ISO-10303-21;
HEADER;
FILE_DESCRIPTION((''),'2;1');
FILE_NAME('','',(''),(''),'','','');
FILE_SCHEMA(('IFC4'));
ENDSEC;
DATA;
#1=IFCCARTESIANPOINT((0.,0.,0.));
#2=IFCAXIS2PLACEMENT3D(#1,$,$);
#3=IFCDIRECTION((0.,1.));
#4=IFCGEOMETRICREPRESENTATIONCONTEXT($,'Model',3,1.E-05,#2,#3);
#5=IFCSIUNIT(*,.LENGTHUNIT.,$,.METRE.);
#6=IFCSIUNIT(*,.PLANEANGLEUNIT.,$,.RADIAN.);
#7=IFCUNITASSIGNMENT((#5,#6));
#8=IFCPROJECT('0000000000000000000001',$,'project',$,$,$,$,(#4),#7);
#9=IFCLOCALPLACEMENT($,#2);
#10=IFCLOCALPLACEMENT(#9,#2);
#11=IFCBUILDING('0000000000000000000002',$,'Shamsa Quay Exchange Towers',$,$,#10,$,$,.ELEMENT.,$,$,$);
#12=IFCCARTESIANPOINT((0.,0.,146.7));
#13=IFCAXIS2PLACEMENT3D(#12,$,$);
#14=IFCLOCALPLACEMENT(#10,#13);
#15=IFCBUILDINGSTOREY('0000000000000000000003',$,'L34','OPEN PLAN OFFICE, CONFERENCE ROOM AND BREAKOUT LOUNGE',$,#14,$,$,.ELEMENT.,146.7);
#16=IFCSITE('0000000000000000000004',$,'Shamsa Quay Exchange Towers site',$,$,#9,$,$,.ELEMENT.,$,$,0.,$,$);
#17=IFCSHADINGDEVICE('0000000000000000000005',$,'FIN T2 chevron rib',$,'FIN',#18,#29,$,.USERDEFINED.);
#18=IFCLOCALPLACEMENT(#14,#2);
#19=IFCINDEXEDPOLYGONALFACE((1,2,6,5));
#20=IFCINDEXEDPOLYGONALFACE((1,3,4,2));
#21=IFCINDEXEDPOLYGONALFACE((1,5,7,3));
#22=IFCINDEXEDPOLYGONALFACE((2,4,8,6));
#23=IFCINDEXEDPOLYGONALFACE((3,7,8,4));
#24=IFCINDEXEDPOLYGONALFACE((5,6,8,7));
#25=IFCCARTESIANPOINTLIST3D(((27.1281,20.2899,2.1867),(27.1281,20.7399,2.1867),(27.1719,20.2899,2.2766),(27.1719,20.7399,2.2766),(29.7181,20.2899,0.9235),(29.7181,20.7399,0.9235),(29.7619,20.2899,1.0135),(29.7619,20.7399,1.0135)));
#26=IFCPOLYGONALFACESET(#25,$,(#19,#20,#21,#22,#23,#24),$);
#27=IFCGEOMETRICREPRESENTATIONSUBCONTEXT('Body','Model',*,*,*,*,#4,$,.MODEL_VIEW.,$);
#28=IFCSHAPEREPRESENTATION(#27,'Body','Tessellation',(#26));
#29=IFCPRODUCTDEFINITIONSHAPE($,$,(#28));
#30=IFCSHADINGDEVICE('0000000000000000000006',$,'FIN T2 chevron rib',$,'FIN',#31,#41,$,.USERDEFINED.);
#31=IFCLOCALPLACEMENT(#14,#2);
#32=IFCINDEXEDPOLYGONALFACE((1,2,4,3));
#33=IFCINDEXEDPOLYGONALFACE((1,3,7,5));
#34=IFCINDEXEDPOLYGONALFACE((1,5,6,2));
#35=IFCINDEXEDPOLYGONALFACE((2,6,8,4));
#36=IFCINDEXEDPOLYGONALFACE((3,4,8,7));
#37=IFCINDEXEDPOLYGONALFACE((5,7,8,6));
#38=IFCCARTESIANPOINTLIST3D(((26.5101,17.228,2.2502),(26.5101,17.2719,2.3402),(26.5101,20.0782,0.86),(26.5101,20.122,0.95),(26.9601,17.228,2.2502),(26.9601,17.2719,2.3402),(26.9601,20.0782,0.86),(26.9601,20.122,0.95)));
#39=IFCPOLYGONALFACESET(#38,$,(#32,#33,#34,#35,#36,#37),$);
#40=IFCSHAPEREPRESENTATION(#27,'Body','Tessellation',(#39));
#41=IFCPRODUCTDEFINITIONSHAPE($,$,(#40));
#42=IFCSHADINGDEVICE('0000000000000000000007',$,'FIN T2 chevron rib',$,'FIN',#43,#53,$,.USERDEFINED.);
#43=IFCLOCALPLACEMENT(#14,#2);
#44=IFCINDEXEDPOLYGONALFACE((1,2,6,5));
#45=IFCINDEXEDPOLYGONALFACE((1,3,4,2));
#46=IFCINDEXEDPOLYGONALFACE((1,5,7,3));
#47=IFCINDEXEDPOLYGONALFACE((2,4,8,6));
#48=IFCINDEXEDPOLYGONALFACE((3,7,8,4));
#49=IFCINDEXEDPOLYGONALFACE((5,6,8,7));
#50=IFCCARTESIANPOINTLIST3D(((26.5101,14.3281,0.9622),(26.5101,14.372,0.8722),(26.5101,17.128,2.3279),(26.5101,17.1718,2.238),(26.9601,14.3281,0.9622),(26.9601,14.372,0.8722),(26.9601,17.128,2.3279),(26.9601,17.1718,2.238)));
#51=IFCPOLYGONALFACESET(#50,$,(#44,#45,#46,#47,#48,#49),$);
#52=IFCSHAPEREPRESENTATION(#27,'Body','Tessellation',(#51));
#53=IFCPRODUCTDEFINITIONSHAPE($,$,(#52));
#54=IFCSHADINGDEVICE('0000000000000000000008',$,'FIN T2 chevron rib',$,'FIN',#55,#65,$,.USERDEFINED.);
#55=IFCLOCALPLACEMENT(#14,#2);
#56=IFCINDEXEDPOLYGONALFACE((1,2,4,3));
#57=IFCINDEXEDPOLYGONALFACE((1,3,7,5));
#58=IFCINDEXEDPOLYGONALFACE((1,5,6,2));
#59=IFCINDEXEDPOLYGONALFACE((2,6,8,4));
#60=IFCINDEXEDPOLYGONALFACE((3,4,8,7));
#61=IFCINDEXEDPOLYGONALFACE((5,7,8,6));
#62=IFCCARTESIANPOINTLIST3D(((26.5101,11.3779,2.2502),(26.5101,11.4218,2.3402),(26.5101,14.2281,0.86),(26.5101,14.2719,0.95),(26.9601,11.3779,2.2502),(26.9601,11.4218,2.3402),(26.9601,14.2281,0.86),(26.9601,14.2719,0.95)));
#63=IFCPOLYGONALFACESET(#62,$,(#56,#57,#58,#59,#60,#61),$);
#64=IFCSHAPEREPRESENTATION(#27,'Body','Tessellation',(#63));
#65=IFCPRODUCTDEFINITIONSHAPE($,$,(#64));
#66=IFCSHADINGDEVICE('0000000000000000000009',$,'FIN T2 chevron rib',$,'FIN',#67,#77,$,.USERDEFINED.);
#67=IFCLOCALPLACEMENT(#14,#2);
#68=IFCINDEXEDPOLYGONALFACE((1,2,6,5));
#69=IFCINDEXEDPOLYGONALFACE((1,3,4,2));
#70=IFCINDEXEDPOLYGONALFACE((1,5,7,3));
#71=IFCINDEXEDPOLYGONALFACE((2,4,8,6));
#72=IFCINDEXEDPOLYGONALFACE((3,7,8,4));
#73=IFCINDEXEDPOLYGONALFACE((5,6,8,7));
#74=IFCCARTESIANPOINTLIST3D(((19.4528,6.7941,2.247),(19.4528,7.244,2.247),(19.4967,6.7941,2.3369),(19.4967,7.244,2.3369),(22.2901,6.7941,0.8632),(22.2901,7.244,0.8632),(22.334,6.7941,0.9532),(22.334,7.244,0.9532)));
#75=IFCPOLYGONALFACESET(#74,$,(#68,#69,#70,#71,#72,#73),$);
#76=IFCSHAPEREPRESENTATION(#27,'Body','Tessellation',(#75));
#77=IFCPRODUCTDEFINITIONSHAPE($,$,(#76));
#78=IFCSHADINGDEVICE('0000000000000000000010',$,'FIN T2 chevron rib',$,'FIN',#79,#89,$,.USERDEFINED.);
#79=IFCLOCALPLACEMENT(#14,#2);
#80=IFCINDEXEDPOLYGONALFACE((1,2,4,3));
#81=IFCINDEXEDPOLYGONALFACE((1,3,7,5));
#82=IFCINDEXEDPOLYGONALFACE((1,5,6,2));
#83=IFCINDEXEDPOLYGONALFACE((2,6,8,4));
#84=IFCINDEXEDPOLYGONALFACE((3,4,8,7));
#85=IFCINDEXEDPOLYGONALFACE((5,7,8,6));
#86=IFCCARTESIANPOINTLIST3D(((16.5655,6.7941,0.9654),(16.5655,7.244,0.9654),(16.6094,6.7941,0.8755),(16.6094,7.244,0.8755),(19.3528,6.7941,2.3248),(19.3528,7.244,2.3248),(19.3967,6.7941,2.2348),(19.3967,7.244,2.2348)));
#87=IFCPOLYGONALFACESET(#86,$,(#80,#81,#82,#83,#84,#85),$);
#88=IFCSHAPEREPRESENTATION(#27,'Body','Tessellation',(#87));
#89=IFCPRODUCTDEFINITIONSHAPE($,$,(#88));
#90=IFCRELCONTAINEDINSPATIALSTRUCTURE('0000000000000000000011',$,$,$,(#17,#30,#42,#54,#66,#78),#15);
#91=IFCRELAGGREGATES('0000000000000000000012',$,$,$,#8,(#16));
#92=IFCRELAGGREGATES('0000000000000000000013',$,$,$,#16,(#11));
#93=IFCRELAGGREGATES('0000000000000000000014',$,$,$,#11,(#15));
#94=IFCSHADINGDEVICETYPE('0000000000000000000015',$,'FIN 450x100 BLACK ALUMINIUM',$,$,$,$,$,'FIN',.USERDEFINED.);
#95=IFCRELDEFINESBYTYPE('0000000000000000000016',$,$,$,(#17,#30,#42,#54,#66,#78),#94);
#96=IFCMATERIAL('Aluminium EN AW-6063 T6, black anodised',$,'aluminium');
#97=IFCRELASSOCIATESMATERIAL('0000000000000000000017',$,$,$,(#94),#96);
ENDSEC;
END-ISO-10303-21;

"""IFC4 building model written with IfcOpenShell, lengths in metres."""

from ifc_helpers import new_model, si_unit, direction, frame, origin, origin_2d, place, context, subcontext, project, spatial, rectangle, extrude, material, material_profile, profile_set, type_object, element, save


model = new_model("IFC4")

# Units and contexts
model_context = context("Model", 3, precision=1e-05, world=origin(), true_north=direction((0.0, 1.0)))
body_context = subcontext(model_context, "Body", "Model", "MODEL_VIEW")
ifc_project = project(units=[si_unit("LENGTHUNIT", "METRE"), si_unit("PLANEANGLEUNIT", "RADIAN")], contexts=[model_context])

# Site, building, storey
site_placement = place(None, origin())
site = spatial("IfcSite", under=ifc_project, at=site_placement, Name="Shamsa Quay Exchange Towers site", CompositionType="ELEMENT", RefElevation=0.0)
building_placement = place(site_placement, origin())
building = spatial("IfcBuilding", under=site, at=building_placement, Name="Shamsa Quay Exchange Towers", CompositionType="ELEMENT")
storey_placement = place(building_placement, frame((0.0, 0.0, 146.7)))
storey = spatial("IfcBuildingStorey", under=building, at=storey_placement, Name="L34", Description="OPEN PLAN OFFICE, CONFERENCE ROOM AND BREAKOUT LOUNGE", CompositionType="ELEMENT", Elevation=146.7)

# Shared definitions
ifc_material_1 = material(Name="Aluminium EN AW-6063 T6, black anodised", Category="aluminium")

# Shading devices
ifc_material_profile_1 = material_profile(ifc_material_1, rectangle(XDim=0.45, YDim=0.1001, at=origin_2d()), Name="FIN450x100")
ifc_profile_set_1 = profile_set([ifc_material_profile_1], Name="Aluminium EN AW-6063 T6, black anodised")
shading_device_type = type_object("IfcShadingDeviceType", Name="FIN 450x100 BLACK ALUMINIUM", ElementType="FIN", PredefinedType="USERDEFINED", material=ifc_profile_set_1)
shading_device_1_placement = place(storey_placement, frame((29.74, 20.5149, 0.9685), z_axis=(-0.898806, 0.0, 0.438347), x_axis=(0.0, -1.0, 0.0)))
element("IfcShadingDevice", 1, at=shading_device_1_placement, inside=storey, type_object=shading_device_type, Name="FIN T2 chevron rib", ObjectType="FIN", PredefinedType="USERDEFINED", context=body_context, shape_type="SweptSolid", body=[
    extrude(rectangle(XDim=0.45, YDim=0.1001, at=origin_2d()), origin(), (0.0, 0.0, 1.0), 2.8816),
])
shading_device_2_placement = place(storey_placement, frame((26.7351, 20.1001, 0.905), z_axis=(0.0, -0.898788, 0.438384), x_axis=(1.0, 0.0, 0.0)))
element("IfcShadingDevice", 2, at=shading_device_2_placement, inside=storey, type_object=shading_device_type, Name="FIN T2 chevron rib", ObjectType="FIN", PredefinedType="USERDEFINED", context=body_context, shape_type="SweptSolid", body=[
    extrude(rectangle(XDim=0.45, YDim=0.1001, at=origin_2d()), origin(), (0.0, 0.0, 1.0), 3.1711),
])
shading_device_3_placement = place(storey_placement, frame((26.7351, 17.1499, 2.283), z_axis=(0.0, -0.898773, -0.438414), x_axis=(1.0, 0.0, 0.0)))
element("IfcShadingDevice", 3, at=shading_device_3_placement, inside=storey, type_object=shading_device_type, Name="FIN T2 chevron rib", ObjectType="FIN", PredefinedType="USERDEFINED", context=body_context, shape_type="SweptSolid", body=[
    extrude(rectangle(XDim=0.45, YDim=0.1001, at=origin_2d()), origin(), (0.0, 0.0, 1.0), 3.1152),
])
shading_device_4_placement = place(storey_placement, frame((26.7351, 14.25, 0.905), z_axis=(0.0, -0.898788, 0.438384), x_axis=(1.0, 0.0, 0.0)))
element("IfcShadingDevice", 4, at=shading_device_4_placement, inside=storey, type_object=shading_device_type, Name="FIN T2 chevron rib", ObjectType="FIN", PredefinedType="USERDEFINED", context=body_context, shape_type="SweptSolid", body=[
    extrude(rectangle(XDim=0.45, YDim=0.1001, at=origin_2d()), origin(), (0.0, 0.0, 1.0), 3.1711),
])
shading_device_5_placement = place(storey_placement, frame((22.312, 7.019, 0.9082), z_axis=(-0.898807, 0.0, 0.438344), x_axis=(0.0, -1.0, 0.0)))
element("IfcShadingDevice", 5, at=shading_device_5_placement, inside=storey, type_object=shading_device_type, Name="FIN T2 chevron rib", ObjectType="FIN", PredefinedType="USERDEFINED", context=body_context, shape_type="SweptSolid", body=[
    extrude(rectangle(XDim=0.45, YDim=0.1001, at=origin_2d()), origin(), (0.0, 0.0, 1.0), 3.1567),
])
shading_device_6_placement = place(storey_placement, frame((19.3748, 7.019, 2.2798), z_axis=(-0.898808, 0.0, -0.438343), x_axis=(0.0, -1.0, 0.0)))
element("IfcShadingDevice", 6, at=shading_device_6_placement, inside=storey, type_object=shading_device_type, Name="FIN T2 chevron rib", ObjectType="FIN", PredefinedType="USERDEFINED", context=body_context, shape_type="SweptSolid", body=[
    extrude(rectangle(XDim=0.45, YDim=0.1001, at=origin_2d()), origin(), (0.0, 0.0, 1.0), 3.1011),
])

save(model, "model.ifc")
